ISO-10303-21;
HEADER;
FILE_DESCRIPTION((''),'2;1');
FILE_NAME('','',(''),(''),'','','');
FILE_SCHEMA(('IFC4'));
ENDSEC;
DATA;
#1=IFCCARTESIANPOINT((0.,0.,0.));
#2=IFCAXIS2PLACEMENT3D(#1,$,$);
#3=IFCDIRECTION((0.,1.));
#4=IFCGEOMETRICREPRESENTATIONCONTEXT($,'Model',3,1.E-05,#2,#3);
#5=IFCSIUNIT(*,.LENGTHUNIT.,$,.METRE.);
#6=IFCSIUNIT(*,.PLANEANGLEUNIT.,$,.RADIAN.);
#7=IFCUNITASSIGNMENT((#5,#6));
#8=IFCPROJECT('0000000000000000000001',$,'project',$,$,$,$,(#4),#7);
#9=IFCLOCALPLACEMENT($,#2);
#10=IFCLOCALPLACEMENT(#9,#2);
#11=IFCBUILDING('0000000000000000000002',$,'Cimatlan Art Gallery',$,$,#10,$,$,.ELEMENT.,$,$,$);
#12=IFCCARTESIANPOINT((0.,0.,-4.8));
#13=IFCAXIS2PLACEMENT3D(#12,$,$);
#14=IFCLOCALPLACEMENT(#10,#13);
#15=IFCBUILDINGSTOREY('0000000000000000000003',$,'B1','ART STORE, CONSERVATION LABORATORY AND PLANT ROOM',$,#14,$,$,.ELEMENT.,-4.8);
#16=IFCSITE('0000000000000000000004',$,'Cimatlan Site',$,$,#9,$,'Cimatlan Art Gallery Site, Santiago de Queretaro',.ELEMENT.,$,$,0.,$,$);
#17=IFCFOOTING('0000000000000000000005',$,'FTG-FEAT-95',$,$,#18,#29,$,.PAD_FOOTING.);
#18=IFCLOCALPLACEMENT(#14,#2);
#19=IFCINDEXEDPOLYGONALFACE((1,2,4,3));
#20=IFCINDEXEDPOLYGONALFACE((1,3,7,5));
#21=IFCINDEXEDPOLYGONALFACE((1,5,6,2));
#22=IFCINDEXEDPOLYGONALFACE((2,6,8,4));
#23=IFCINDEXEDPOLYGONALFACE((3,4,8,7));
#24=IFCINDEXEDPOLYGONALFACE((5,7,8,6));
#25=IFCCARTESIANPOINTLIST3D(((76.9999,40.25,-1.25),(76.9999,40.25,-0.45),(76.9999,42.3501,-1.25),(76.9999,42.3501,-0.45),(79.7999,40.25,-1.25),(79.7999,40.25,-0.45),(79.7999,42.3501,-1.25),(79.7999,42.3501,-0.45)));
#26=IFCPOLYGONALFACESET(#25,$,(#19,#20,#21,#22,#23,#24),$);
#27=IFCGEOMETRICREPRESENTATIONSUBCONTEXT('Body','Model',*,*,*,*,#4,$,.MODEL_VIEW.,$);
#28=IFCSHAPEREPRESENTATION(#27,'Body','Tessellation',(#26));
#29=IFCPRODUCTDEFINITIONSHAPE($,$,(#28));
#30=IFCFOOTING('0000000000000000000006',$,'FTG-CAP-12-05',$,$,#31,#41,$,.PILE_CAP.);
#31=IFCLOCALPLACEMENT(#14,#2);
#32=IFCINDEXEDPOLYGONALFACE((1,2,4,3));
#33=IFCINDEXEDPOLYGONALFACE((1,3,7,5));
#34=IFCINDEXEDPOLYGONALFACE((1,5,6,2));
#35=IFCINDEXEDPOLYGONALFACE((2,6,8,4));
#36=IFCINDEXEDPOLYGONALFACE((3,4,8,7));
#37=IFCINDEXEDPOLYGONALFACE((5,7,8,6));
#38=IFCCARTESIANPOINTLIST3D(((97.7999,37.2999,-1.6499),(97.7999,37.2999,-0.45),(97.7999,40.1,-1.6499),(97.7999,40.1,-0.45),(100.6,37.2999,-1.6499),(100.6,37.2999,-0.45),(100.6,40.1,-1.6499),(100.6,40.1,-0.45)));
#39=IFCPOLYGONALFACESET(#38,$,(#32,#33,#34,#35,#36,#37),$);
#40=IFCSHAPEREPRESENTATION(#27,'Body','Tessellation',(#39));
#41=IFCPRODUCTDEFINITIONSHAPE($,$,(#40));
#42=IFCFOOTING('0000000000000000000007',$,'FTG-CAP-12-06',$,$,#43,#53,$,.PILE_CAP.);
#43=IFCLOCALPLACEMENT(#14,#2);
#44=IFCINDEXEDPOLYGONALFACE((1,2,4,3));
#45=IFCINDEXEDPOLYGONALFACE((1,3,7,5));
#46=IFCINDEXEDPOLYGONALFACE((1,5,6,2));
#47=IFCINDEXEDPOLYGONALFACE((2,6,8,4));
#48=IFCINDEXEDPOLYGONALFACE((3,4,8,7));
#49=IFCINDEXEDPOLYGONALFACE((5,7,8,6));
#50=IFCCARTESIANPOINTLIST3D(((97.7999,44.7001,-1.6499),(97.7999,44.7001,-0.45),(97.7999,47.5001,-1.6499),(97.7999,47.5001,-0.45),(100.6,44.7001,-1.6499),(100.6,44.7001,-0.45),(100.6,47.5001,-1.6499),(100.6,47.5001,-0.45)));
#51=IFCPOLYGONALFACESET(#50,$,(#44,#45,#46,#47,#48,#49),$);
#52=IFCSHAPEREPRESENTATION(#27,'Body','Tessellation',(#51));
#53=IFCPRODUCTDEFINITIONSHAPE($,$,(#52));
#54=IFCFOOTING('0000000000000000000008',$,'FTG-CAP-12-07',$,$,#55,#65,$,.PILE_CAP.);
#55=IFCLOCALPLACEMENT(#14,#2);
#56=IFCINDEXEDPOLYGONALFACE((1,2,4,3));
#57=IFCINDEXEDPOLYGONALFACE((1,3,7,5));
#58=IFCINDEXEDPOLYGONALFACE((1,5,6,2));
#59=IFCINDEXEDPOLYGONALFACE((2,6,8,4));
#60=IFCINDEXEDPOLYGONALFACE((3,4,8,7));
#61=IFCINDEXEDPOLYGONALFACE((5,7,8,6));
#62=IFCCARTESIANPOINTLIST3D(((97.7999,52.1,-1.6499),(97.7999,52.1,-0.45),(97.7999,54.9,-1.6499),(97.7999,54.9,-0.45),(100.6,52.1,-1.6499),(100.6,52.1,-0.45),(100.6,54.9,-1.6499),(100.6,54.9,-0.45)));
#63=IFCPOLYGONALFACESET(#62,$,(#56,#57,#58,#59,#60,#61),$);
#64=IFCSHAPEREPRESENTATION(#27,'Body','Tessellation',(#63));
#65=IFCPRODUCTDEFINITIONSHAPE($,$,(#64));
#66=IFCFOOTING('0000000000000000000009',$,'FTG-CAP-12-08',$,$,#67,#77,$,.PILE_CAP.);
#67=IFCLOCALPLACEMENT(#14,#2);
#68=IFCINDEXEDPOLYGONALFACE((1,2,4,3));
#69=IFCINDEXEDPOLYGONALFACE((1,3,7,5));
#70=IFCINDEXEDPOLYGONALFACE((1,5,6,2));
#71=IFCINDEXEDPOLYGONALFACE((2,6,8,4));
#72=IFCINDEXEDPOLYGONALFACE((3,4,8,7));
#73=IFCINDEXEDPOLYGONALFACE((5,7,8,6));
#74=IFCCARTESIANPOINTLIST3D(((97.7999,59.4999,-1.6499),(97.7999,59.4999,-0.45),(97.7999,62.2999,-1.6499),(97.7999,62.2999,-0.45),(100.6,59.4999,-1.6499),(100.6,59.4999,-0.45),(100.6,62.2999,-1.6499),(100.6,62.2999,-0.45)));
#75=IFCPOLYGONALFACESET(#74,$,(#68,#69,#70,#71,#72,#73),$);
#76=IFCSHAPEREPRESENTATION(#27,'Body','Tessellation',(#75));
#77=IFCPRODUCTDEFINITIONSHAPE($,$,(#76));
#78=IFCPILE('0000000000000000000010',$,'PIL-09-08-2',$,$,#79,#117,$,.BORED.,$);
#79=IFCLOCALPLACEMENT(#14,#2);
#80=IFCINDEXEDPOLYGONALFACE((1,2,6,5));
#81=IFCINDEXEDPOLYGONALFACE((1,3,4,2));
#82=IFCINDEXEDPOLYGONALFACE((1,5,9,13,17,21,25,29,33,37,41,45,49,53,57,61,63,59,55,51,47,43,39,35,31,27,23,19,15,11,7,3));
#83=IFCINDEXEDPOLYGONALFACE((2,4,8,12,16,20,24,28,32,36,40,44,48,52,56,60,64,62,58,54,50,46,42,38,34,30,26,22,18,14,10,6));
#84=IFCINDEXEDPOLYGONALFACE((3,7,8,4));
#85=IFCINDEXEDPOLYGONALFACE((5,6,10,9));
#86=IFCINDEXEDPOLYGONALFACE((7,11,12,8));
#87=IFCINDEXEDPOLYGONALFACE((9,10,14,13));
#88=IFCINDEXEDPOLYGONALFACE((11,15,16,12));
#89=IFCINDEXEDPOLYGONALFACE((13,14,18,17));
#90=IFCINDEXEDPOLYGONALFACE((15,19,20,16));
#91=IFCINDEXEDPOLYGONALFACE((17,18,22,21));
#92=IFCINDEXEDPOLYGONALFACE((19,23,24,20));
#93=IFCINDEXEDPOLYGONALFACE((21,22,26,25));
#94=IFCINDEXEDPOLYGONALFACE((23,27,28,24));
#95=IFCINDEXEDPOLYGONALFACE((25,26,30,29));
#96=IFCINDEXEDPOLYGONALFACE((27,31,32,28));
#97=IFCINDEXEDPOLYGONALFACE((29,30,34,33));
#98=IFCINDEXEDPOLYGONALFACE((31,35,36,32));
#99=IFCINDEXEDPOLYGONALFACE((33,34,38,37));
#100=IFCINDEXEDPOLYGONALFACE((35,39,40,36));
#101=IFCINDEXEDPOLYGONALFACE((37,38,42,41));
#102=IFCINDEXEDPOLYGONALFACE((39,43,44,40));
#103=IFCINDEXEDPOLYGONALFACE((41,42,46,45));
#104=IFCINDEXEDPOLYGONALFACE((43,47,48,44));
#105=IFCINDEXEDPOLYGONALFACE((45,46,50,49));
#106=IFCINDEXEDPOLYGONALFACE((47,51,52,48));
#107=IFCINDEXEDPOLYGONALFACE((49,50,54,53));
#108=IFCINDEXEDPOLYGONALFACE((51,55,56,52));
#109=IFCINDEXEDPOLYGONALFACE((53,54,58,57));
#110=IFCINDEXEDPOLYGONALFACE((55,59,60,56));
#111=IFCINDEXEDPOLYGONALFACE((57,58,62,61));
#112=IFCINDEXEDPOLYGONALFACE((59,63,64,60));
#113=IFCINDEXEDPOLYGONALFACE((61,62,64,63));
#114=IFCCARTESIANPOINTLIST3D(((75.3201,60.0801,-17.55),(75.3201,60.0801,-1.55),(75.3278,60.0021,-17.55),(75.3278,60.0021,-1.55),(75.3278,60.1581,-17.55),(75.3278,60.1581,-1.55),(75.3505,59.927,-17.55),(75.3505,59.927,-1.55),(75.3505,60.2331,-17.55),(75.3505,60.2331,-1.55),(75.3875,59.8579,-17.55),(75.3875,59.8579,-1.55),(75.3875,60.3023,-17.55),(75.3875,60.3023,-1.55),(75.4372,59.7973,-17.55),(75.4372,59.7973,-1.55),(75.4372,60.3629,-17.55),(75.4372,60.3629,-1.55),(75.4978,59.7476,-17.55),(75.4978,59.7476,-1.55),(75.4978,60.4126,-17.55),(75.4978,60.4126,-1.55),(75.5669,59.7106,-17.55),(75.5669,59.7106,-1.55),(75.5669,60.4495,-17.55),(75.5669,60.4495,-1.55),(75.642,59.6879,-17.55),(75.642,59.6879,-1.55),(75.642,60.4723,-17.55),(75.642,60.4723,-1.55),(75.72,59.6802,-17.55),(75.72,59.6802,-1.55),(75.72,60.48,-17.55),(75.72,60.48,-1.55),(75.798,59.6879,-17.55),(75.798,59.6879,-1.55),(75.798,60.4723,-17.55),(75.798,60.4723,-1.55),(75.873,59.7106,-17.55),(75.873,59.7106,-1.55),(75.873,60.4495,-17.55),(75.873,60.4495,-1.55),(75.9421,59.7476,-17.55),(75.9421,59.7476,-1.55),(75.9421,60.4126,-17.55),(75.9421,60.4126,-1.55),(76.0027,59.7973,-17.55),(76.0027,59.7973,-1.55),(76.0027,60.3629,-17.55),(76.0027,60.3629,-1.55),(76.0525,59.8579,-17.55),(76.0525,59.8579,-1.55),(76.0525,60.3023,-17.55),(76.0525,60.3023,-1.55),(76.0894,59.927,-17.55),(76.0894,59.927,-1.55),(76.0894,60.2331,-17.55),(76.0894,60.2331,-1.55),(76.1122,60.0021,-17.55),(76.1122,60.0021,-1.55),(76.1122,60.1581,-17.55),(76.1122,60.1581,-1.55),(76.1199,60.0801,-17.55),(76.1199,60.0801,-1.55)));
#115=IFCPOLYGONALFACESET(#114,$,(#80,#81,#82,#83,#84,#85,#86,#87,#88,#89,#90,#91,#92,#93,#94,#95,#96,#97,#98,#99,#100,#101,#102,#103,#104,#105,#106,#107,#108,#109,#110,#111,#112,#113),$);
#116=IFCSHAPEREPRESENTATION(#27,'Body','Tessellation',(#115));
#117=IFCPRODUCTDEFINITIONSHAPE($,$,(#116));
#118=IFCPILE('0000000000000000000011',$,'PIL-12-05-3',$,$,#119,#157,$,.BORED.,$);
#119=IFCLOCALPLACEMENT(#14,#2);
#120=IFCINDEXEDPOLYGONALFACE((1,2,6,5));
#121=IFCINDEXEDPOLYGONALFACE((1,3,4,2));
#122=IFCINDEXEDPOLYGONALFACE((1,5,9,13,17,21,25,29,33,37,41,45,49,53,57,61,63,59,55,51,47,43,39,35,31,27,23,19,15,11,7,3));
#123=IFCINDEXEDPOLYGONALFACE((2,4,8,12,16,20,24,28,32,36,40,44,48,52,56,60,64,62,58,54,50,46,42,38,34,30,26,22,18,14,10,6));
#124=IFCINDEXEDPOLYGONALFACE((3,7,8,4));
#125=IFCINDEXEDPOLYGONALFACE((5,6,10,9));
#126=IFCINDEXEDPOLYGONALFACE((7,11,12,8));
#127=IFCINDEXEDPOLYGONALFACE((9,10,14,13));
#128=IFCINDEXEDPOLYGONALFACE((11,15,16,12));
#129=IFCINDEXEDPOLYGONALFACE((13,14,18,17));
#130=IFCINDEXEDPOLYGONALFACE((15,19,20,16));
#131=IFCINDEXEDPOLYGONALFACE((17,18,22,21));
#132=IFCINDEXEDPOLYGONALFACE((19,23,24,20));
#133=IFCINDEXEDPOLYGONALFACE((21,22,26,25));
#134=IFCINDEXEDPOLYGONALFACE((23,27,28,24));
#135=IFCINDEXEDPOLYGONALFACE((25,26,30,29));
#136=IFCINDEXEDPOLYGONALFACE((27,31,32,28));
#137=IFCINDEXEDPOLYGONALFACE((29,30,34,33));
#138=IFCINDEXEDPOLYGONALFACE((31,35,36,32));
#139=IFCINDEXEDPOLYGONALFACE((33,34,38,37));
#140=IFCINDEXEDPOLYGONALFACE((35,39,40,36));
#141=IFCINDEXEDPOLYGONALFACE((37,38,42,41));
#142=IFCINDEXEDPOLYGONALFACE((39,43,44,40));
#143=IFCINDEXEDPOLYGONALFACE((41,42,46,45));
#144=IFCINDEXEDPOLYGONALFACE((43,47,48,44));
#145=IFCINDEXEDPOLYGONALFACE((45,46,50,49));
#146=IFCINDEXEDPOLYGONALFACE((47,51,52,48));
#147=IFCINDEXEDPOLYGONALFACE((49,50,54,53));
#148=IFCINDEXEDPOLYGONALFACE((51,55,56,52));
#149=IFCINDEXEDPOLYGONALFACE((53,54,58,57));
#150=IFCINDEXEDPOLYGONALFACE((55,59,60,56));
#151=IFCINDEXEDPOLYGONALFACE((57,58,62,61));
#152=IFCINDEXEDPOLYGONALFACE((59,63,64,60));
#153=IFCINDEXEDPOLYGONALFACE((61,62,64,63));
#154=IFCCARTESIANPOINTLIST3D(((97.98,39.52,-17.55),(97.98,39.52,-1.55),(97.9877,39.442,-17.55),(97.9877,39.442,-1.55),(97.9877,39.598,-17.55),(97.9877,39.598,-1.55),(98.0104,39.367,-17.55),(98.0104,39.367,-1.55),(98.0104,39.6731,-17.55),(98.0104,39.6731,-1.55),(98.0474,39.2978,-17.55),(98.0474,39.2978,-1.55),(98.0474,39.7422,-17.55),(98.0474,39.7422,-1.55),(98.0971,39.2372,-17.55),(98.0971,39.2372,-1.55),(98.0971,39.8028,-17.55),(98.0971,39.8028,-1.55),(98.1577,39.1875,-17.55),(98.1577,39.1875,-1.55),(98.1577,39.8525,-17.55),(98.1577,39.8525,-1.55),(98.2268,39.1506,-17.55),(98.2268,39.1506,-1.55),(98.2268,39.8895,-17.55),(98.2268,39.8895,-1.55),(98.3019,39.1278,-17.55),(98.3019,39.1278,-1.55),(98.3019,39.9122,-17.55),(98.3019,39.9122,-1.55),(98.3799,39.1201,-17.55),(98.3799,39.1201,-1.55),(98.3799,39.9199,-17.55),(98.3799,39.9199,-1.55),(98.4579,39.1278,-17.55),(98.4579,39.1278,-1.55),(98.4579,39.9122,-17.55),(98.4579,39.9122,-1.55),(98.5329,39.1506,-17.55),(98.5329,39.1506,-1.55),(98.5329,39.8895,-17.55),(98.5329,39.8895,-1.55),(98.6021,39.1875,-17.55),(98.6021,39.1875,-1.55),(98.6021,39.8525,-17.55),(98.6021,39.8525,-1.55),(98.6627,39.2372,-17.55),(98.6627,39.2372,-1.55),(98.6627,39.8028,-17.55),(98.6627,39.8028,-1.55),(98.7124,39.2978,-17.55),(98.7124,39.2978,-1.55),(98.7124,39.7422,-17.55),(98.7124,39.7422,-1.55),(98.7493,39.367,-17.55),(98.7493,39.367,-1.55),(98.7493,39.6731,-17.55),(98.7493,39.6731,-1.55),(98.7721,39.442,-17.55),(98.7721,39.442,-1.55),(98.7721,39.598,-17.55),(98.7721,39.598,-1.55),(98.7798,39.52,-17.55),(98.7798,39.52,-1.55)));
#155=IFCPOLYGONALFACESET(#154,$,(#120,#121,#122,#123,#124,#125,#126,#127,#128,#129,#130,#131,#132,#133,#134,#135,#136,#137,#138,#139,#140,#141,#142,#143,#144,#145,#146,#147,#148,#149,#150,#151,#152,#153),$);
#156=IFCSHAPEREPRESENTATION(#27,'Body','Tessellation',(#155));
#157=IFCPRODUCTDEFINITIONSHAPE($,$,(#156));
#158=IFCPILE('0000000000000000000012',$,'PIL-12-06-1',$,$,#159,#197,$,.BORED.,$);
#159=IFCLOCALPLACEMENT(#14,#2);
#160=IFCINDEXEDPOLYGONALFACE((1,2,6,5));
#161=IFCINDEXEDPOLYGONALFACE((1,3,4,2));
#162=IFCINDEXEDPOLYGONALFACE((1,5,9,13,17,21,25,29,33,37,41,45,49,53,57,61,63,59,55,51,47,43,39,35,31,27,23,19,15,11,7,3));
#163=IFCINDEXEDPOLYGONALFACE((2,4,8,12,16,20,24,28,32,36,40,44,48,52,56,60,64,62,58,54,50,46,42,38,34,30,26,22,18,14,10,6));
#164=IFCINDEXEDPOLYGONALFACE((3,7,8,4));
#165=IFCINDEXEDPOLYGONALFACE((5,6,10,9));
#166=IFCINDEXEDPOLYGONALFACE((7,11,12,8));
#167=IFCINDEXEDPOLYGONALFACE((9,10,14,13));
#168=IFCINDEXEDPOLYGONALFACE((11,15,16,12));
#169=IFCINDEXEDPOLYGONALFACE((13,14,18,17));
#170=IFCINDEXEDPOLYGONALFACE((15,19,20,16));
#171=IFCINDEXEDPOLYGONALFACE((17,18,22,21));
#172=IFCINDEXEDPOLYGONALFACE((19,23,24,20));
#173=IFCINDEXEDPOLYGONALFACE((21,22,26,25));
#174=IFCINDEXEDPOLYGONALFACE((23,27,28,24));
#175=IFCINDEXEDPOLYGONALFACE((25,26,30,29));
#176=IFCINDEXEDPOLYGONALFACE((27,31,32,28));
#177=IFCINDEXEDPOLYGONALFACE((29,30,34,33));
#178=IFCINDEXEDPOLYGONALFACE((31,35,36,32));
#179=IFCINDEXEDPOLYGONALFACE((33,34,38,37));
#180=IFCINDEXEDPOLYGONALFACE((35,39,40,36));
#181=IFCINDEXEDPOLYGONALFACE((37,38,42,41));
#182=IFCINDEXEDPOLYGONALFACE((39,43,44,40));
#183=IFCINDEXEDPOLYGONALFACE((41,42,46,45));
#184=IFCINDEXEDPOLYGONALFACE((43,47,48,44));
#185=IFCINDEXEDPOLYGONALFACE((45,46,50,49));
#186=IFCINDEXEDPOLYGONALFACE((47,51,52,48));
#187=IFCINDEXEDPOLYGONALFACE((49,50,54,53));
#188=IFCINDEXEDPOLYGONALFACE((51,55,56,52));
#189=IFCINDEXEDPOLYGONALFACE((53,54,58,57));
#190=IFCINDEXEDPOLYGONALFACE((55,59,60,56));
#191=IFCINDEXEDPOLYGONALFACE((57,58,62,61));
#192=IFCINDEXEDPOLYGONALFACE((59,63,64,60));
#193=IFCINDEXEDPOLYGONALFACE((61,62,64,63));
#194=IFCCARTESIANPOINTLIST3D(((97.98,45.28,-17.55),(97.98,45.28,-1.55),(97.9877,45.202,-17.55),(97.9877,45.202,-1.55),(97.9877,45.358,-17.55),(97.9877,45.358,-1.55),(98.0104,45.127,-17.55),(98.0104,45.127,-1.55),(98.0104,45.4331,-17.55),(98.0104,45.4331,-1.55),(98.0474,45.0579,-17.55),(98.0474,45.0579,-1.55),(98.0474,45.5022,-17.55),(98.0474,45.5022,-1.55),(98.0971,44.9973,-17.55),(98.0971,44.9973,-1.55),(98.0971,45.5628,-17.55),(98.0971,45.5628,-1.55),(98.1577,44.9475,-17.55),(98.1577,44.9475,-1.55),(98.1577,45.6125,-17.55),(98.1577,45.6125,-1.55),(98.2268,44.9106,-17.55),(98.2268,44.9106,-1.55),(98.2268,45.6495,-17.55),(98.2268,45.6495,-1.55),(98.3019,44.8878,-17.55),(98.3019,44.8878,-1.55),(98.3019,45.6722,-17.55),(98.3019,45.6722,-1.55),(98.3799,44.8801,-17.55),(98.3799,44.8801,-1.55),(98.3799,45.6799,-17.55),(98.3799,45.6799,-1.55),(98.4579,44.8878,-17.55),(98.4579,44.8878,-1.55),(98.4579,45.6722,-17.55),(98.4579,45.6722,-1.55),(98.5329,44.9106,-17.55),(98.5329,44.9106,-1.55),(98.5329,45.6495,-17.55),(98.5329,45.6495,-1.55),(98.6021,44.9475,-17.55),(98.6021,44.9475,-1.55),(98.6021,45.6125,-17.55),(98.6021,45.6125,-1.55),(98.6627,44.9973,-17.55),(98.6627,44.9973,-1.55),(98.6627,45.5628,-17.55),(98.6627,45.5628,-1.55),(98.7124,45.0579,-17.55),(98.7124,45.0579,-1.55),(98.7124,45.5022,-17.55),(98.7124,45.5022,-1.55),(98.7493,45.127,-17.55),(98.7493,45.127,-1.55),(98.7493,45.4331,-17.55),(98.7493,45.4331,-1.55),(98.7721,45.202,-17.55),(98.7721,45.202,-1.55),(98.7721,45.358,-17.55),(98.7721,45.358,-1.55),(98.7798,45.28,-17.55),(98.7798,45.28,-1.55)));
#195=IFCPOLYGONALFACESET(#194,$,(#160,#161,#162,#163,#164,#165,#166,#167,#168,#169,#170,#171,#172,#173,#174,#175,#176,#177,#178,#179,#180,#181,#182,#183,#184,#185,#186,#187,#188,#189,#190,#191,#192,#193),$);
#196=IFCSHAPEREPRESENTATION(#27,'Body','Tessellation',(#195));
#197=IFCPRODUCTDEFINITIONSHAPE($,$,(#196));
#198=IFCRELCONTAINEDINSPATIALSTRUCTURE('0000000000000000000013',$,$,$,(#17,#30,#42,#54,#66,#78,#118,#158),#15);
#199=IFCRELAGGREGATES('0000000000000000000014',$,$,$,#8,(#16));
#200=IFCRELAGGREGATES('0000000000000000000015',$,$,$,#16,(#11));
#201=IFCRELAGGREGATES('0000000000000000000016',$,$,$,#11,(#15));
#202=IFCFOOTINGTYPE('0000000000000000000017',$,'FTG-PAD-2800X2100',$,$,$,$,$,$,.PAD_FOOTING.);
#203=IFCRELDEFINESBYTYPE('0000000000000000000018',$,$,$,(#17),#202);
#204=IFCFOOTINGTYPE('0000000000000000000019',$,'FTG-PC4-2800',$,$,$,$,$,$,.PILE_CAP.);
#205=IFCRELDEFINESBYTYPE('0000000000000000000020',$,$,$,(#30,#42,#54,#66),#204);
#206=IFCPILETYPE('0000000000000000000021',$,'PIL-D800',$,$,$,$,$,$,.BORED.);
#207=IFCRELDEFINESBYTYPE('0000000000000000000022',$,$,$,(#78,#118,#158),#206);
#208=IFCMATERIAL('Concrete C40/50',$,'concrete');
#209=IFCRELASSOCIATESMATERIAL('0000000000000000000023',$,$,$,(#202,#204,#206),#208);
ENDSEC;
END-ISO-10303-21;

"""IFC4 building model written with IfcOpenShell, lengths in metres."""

from ifc_helpers import new_model, si_unit, direction, frame, origin, origin_2d, place, context, subcontext, project, spatial, rectangle, circle, extrude, material, type_object, element, save


model = new_model("IFC4")

# Units and contexts
model_context = context("Model", 3, precision=1e-05, world=origin(), true_north=direction((0.0, 1.0)))
body_context = subcontext(model_context, "Body", "Model", "MODEL_VIEW")
ifc_project = project(units=[si_unit("LENGTHUNIT", "METRE"), si_unit("PLANEANGLEUNIT", "RADIAN")], contexts=[model_context])

# Site, building, storey
site_placement = place(None, origin())
site = spatial("IfcSite", under=ifc_project, at=site_placement, Name="Cimatlan Site", LongName="Cimatlan Art Gallery Site, Santiago de Queretaro", CompositionType="ELEMENT", RefElevation=0.0)
building_placement = place(site_placement, origin())
building = spatial("IfcBuilding", under=site, at=building_placement, Name="Cimatlan Art Gallery", CompositionType="ELEMENT")
storey_placement = place(building_placement, frame((0.0, 0.0, -4.8)))
storey = spatial("IfcBuildingStorey", under=building, at=storey_placement, Name="B1", Description="ART STORE, CONSERVATION LABORATORY AND PLANT ROOM", CompositionType="ELEMENT", Elevation=-4.8)

# Footings
ifc_material_1 = material(Name="Concrete C40/50", Category="concrete")
footing_type_1 = type_object("IfcFootingType", Name="FTG-PAD-2800X2100", PredefinedType="PAD_FOOTING", material=ifc_material_1)
footing_placement = place(storey_placement, frame((78.3999, 41.3, -1.25), z_axis=(0.0, 0.0, 1.0), x_axis=(1.0, 0.0, 0.0)))
element("IfcFooting", 1, at=footing_placement, inside=storey, type_object=footing_type_1, Name="FTG-FEAT-95", PredefinedType="PAD_FOOTING", context=body_context, shape_type="SweptSolid", body=[
    extrude(rectangle(XDim=2.8, YDim=2.1001, at=origin_2d()), origin(), (0.0, 0.0, 1.0), 0.8),
])
footing_type_2 = type_object("IfcFootingType", Name="FTG-PC4-2800", PredefinedType="PILE_CAP", material=ifc_material_1)
for number, where, z_axis, x_axis, name in (
    (2, (99.2, 38.7, -1.6499), (0.0, 0.0, 1.0), (1.0, 0.0, 0.0), "FTG-CAP-12-05"),
    (3, (99.2, 46.1001, -1.6499), (0.0, 0.0, 1.0), (1.0, 0.0, 0.0), "FTG-CAP-12-06"),
    (4, (99.2, 53.5, -1.6499), (0.0, 0.0, 1.0), (1.0, 0.0, 0.0), "FTG-CAP-12-07"),
    (5, (99.2, 60.8999, -1.6499), (0.0, 0.0, 1.0), (1.0, 0.0, 0.0), "FTG-CAP-12-08"),
):
    element("IfcFooting", number, at=place(storey_placement, frame(where, z_axis=z_axis, x_axis=x_axis)), inside=storey, type_object=footing_type_2, Name=name, PredefinedType="PILE_CAP", context=body_context, shape_type="SweptSolid", body=[
        extrude(rectangle(XDim=2.8, YDim=2.8, at=origin_2d()), origin(), (0.0, 0.0, 1.0), 1.2),
    ])

# Piles
pile_type = type_object("IfcPileType", Name="PIL-D800", PredefinedType="BORED", material=ifc_material_1)
for number, where, z_axis, x_axis, name in (
    (6, (75.72, 60.0801, -1.55), (0.0, 0.0, -1.0), (1.0, 0.0, 0.0), "PIL-09-08-2"),
    (7, (98.3799, 39.52, -1.55), (0.0, 0.0, -1.0), (1.0, 0.0, 0.0), "PIL-12-05-3"),
    (8, (98.3799, 45.28, -1.55), (0.0, 0.0, -1.0), (1.0, 0.0, 0.0), "PIL-12-06-1"),
):
    element("IfcPile", number, at=place(storey_placement, frame(where, z_axis=z_axis, x_axis=x_axis)), inside=storey, type_object=pile_type, Name=name, PredefinedType="BORED", context=body_context, shape_type="SweptSolid", body=[
        extrude(circle(Radius=0.3999, at=origin_2d()), origin(), (0.0, 0.0, 1.0), 16.0),
    ])

save(model, "model.ifc")
